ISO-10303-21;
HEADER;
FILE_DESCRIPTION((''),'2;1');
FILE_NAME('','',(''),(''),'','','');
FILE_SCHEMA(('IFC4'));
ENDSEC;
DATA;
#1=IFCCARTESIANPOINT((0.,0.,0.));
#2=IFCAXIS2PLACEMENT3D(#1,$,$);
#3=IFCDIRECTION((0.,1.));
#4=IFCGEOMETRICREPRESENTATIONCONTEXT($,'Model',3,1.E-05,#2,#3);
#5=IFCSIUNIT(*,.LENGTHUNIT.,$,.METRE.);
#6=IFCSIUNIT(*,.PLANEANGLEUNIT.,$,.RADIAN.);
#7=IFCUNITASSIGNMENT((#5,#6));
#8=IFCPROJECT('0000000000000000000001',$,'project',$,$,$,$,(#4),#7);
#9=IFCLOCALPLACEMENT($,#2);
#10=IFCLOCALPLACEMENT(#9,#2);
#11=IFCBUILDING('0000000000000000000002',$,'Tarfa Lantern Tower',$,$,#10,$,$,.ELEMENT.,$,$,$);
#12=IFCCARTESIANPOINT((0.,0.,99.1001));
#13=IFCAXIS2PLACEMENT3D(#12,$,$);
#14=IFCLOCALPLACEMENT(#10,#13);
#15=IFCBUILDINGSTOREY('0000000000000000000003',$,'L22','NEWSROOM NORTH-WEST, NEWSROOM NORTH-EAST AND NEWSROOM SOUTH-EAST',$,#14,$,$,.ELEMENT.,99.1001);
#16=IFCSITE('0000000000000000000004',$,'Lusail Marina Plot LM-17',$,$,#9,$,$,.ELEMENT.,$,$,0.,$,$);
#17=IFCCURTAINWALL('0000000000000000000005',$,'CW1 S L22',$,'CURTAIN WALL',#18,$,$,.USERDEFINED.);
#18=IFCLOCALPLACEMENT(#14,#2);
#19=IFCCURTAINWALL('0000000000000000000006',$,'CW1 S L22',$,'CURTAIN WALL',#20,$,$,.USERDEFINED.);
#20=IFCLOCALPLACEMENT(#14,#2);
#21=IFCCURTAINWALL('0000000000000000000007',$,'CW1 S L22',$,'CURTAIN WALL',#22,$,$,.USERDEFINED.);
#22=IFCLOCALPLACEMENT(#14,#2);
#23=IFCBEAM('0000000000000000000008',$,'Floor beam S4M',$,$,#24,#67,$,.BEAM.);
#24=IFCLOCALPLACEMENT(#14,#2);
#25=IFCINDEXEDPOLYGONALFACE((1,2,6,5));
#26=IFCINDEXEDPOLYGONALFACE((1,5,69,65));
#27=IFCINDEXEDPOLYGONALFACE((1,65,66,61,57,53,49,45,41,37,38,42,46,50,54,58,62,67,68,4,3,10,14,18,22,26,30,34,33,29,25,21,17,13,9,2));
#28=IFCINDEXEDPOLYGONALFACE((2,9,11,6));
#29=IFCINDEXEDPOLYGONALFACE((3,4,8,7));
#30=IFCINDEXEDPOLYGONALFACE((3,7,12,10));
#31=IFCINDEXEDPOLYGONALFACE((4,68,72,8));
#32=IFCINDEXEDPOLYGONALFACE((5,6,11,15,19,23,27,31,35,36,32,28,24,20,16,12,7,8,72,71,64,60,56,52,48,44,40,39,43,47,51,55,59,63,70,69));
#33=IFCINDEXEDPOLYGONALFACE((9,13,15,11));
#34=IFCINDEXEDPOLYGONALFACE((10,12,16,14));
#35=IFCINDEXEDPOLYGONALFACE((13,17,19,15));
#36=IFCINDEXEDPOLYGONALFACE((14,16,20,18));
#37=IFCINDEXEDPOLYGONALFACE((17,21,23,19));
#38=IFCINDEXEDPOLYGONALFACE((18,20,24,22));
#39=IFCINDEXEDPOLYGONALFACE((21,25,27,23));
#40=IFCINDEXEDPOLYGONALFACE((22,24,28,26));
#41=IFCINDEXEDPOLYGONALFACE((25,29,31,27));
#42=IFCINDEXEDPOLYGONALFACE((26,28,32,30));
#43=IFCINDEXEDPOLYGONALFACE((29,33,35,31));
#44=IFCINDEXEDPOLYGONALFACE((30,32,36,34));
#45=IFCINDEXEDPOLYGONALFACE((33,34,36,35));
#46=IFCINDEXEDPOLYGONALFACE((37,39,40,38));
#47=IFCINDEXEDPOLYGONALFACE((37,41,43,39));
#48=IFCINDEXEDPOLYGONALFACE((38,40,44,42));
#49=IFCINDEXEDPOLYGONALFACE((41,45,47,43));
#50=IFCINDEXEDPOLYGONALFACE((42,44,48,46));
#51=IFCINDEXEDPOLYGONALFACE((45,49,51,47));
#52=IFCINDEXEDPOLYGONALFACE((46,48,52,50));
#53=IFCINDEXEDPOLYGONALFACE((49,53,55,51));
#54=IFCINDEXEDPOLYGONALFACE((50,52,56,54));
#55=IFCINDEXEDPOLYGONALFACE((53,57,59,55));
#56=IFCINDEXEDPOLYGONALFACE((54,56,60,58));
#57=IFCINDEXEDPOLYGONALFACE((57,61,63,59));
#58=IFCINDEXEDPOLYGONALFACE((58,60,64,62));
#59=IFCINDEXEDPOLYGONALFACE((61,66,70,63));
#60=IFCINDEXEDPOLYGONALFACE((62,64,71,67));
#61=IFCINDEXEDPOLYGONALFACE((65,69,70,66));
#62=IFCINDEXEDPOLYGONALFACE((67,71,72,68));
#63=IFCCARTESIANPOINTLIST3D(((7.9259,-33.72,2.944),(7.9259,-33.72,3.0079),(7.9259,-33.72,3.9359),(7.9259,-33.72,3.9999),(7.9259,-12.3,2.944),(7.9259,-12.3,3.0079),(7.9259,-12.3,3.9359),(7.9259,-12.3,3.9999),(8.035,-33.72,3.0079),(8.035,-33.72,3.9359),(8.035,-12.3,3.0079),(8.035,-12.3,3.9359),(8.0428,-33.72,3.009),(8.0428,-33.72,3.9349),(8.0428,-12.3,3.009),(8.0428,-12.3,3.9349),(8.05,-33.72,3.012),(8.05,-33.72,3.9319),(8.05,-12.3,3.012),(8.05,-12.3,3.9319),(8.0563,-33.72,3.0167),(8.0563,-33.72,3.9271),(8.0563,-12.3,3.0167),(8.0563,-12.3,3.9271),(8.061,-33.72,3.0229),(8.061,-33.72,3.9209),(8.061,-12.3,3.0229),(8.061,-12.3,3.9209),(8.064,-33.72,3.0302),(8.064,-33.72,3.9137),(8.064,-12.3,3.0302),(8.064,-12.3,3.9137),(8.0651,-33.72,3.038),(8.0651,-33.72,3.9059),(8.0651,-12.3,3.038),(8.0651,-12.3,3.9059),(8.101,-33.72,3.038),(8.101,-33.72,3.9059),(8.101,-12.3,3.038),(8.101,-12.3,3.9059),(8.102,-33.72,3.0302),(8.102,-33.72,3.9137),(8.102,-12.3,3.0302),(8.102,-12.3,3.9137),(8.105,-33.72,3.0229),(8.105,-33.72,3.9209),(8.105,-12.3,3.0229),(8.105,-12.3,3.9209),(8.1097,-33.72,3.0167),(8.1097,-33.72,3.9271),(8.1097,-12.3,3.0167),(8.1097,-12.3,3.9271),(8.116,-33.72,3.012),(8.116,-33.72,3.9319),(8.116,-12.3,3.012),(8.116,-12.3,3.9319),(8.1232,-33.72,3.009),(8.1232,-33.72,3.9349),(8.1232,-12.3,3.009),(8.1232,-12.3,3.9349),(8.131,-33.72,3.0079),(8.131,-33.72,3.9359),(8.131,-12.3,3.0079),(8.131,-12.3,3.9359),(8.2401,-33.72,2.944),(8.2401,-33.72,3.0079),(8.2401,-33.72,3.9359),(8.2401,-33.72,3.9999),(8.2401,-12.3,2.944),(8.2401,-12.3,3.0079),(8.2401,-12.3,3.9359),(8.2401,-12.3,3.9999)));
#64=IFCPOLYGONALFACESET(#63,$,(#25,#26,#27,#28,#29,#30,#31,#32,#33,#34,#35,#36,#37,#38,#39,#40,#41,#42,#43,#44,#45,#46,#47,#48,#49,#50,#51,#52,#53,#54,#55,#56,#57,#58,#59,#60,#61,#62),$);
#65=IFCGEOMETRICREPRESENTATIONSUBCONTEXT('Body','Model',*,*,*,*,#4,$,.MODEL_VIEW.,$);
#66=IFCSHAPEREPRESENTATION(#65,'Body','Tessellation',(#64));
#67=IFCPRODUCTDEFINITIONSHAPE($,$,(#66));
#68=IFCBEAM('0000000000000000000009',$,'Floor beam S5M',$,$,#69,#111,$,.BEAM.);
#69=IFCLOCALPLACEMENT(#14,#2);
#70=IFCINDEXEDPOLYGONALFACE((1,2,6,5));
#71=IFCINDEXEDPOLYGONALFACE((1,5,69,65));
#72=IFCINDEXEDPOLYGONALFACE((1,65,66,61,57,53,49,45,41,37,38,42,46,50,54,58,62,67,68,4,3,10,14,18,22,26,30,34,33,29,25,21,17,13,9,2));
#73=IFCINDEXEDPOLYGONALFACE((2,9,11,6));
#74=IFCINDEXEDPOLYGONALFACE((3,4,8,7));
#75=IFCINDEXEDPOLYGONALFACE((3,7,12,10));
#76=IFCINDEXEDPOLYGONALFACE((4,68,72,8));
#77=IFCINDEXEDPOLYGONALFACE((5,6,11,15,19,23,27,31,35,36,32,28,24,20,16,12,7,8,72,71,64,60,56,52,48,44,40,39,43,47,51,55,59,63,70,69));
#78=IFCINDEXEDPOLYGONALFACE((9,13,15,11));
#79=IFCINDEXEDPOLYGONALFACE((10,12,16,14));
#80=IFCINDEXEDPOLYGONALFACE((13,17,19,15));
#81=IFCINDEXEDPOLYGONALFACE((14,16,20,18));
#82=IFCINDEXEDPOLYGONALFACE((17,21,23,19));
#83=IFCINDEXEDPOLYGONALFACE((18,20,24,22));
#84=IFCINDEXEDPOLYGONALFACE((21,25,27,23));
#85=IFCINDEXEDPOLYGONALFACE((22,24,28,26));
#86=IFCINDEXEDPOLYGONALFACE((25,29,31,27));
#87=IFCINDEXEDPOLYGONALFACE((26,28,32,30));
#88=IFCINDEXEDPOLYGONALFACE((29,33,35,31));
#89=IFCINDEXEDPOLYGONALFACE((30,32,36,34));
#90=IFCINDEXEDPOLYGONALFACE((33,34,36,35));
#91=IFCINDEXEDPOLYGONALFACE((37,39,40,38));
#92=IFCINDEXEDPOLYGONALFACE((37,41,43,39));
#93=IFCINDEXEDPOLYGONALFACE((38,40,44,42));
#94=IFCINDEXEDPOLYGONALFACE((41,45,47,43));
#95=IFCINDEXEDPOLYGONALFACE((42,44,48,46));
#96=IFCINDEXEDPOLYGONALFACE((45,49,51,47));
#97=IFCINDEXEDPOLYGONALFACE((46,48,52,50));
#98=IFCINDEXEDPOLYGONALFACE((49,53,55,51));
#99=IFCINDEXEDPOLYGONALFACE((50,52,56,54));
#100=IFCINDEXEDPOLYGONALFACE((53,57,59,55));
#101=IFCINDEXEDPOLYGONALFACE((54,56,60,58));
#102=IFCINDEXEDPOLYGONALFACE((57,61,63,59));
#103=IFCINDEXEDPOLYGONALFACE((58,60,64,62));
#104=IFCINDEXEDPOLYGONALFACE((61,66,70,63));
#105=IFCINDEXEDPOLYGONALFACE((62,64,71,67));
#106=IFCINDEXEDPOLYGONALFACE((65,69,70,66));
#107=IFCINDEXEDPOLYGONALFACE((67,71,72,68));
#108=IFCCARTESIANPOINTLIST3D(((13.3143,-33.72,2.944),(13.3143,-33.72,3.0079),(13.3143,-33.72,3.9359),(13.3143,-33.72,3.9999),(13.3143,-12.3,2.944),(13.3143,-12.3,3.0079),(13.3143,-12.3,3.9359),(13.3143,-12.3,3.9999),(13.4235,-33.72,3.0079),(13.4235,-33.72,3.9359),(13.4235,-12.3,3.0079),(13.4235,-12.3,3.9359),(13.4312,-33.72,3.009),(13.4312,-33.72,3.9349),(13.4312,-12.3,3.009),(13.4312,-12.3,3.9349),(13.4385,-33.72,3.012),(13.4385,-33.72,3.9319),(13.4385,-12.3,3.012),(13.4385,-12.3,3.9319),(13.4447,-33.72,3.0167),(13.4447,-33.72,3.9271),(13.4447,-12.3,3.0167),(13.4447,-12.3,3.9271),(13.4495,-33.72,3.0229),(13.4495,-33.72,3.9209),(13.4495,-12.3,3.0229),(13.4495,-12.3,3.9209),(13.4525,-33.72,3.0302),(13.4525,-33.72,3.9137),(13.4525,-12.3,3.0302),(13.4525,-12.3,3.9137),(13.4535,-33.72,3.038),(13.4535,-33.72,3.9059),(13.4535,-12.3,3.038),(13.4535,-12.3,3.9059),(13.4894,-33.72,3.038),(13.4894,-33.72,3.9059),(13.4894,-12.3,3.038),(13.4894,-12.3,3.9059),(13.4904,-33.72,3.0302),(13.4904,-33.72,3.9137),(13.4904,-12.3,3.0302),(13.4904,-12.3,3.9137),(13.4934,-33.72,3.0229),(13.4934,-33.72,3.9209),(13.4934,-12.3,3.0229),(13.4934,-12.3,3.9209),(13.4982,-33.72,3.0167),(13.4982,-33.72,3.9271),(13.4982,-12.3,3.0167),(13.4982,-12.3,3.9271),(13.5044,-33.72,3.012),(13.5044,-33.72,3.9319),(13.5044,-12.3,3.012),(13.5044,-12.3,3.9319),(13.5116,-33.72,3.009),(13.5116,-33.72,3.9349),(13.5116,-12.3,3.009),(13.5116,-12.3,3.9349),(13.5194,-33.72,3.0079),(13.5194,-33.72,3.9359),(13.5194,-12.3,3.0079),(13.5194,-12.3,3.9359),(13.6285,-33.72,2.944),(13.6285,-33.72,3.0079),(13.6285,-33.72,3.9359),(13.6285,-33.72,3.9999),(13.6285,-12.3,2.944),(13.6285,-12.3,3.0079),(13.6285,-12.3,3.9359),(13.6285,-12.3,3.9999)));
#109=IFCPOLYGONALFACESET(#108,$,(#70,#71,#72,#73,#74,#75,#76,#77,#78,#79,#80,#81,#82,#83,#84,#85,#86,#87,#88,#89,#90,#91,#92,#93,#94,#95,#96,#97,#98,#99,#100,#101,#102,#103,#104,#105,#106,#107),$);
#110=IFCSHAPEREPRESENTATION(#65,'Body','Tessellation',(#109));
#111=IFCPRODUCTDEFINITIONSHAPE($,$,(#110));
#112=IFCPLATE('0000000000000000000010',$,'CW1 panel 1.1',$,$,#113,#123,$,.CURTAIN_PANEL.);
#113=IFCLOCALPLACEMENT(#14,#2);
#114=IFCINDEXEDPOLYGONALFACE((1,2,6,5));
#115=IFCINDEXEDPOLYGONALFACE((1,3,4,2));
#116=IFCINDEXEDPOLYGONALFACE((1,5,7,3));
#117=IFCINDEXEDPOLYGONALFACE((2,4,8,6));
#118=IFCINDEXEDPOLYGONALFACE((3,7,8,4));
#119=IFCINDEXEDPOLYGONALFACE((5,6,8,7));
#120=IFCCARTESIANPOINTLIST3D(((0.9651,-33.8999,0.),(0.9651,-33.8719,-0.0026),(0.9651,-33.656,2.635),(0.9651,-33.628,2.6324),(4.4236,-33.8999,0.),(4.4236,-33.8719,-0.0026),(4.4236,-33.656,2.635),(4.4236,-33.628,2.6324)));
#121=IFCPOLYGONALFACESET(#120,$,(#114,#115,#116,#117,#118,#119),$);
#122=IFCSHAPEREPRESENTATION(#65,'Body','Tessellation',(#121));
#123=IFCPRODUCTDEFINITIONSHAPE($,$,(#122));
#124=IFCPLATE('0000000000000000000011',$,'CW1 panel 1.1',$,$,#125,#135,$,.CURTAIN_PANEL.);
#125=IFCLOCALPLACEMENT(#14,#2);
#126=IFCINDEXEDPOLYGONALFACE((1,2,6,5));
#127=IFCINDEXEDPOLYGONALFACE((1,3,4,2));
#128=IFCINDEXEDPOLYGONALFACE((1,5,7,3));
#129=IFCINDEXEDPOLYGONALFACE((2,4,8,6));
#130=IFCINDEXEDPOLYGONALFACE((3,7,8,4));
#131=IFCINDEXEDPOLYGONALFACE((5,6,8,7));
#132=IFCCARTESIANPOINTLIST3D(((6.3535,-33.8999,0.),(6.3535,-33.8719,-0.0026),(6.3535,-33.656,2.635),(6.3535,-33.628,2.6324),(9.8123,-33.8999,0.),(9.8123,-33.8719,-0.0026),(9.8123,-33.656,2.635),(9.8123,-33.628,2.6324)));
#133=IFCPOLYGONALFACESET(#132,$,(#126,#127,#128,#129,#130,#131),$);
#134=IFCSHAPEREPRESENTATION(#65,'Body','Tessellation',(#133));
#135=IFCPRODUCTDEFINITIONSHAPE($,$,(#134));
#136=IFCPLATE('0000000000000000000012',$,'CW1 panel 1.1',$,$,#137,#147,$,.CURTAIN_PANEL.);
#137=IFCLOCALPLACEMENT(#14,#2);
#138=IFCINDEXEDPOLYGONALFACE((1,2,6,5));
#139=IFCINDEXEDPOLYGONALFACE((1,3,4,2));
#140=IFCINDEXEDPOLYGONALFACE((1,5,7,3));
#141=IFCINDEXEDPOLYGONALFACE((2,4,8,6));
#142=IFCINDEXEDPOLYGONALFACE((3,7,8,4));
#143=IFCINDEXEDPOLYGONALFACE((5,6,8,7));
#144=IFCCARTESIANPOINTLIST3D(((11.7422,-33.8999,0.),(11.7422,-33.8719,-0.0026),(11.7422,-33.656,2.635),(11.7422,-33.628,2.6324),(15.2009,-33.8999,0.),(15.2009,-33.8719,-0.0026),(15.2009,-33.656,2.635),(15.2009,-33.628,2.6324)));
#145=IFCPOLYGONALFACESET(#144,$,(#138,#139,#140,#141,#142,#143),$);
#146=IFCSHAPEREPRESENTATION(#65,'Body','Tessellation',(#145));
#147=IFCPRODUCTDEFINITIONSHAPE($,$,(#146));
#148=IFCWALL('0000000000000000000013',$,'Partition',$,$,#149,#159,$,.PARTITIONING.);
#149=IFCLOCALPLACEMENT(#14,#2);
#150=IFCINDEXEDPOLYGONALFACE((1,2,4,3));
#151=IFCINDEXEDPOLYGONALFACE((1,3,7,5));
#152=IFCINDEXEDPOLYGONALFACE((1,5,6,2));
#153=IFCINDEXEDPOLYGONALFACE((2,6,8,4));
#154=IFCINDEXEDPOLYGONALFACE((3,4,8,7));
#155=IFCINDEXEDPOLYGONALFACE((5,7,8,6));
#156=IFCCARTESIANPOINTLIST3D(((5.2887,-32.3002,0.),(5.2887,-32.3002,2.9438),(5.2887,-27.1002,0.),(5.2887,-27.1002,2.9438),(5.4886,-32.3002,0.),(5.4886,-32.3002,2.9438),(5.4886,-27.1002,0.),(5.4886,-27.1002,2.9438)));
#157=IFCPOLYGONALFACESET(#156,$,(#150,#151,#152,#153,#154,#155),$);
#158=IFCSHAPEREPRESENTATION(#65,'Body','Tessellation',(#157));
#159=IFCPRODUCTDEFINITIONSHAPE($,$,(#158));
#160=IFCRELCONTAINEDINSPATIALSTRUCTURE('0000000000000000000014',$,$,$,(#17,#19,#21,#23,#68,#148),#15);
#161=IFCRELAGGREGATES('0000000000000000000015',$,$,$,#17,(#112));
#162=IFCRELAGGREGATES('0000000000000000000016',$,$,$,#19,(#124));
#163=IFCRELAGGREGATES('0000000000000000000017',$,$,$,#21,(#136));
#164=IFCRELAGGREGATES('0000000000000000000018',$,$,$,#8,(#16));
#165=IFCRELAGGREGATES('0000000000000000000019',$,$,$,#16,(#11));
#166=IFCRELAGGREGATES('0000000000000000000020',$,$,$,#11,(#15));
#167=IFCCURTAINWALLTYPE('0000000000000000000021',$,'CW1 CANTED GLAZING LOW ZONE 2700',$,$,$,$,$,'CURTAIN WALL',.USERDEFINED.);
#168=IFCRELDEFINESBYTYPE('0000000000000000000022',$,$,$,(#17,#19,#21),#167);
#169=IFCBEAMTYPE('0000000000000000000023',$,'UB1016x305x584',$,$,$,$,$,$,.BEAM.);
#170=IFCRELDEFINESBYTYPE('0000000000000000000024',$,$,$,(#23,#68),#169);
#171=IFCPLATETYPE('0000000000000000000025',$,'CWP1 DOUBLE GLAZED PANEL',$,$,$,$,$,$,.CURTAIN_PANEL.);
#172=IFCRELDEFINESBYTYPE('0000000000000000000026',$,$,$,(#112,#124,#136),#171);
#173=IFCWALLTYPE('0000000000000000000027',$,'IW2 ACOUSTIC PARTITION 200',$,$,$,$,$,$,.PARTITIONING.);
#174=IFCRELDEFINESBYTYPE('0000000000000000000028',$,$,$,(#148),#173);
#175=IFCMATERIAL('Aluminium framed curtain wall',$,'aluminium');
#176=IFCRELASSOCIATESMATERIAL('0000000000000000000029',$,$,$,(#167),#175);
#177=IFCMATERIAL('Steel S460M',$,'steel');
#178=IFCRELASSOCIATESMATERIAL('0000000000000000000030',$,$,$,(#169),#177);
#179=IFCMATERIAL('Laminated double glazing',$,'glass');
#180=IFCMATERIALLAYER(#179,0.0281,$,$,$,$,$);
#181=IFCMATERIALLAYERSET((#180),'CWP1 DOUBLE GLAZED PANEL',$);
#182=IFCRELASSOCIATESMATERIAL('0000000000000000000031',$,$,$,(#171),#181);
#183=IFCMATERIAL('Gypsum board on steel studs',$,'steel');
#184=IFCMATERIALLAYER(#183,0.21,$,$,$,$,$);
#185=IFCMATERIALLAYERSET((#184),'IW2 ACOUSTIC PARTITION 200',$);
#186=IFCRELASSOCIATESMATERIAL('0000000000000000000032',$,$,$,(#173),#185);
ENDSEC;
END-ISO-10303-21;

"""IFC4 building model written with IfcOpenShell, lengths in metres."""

from ifc_helpers import new_model, si_unit, direction, frame, frame_2d, origin, origin_2d, place, context, subcontext, project, spatial, polyline, rectangle, i_section, outline, extrude, material, layer, layer_set, material_profile, profile_set, type_object, element, aggregate, save


model = new_model("IFC4")

# Units and contexts
model_context = context("Model", 3, precision=1e-05, world=origin(), true_north=direction((0.0, 1.0)))
body_context = subcontext(model_context, "Body", "Model", "MODEL_VIEW")
ifc_project = project(units=[si_unit("LENGTHUNIT", "METRE"), si_unit("PLANEANGLEUNIT", "RADIAN")], contexts=[model_context])

# Site, building, storey
site_placement = place(None, origin())
site = spatial("IfcSite", under=ifc_project, at=site_placement, Name="Lusail Marina Plot LM-17", CompositionType="ELEMENT", RefElevation=0.0)
building_placement = place(site_placement, origin())
building = spatial("IfcBuilding", under=site, at=building_placement, Name="Tarfa Lantern Tower", CompositionType="ELEMENT")
storey_placement = place(building_placement, frame((0.0, 0.0, 99.1001)))
storey = spatial("IfcBuildingStorey", under=building, at=storey_placement, Name="L22", Description="NEWSROOM NORTH-WEST, NEWSROOM NORTH-EAST AND NEWSROOM SOUTH-EAST", CompositionType="ELEMENT", Elevation=99.1001)

# Curtain walls
ifc_material_1 = material(Name="Aluminium framed curtain wall", Category="aluminium")
curtain_wall_type = type_object("IfcCurtainWallType", Name="CW1 CANTED GLAZING LOW ZONE 2700", ElementType="CURTAIN WALL", PredefinedType="USERDEFINED", material=ifc_material_1)
curtain_wall_1_placement = place(storey_placement, origin())
curtain_wall_1 = element("IfcCurtainWall", 1, at=curtain_wall_1_placement, inside=storey, type_object=curtain_wall_type, Name="CW1 S L22", ObjectType="CURTAIN WALL", PredefinedType="USERDEFINED")
curtain_wall_2_placement = place(storey_placement, origin())
curtain_wall_2 = element("IfcCurtainWall", 2, at=curtain_wall_2_placement, inside=storey, type_object=curtain_wall_type, Name="CW1 S L22", ObjectType="CURTAIN WALL", PredefinedType="USERDEFINED")

# Curtain wall
curtain_wall_3_placement = place(storey_placement, origin())
curtain_wall_3 = element("IfcCurtainWall", 3, at=curtain_wall_3_placement, inside=storey, type_object=curtain_wall_type, Name="CW1 S L22", ObjectType="CURTAIN WALL", PredefinedType="USERDEFINED")

# Beams
ifc_material_2 = material(Name="Steel S460M", Category="steel")
ifc_material_profile_1 = material_profile(ifc_material_2, i_section(OverallWidth=0.3142, OverallDepth=1.0559, WebThickness=0.0359, FlangeThickness=0.064, FilletRadius=0.03, at=origin_2d()), Name="UB1016x305x584")
ifc_profile_set_1 = profile_set([ifc_material_profile_1], Name="Steel S460M")
beam_type_1 = type_object("IfcBeamType", Name="UB1016x305x584", PredefinedType="BEAM", material=ifc_profile_set_1)
for number, where, z_axis, x_axis, name in (
    (4, (8.083, -33.72, 3.4719), (0.0, 1.0, 0.0), (-1.0, 0.0, 0.0), "Floor beam S4M"),
    (5, (13.4714, -33.72, 3.4719), (0.0, 1.0, 0.0), (-1.0, 0.0, 0.0), "Floor beam S5M"),
):
    element("IfcBeam", number, at=place(storey_placement, frame(where, z_axis=z_axis, x_axis=x_axis)), inside=storey, type_object=beam_type_1, Name=name, PredefinedType="BEAM", context=body_context, shape_type="SweptSolid", body=[
        extrude(i_section(OverallWidth=0.3142, OverallDepth=1.0559, WebThickness=0.0359, FlangeThickness=0.064, FilletRadius=0.03, at=origin_2d()), origin(), (0.0, 0.0, 1.0), 21.4199),
    ])

# Plates
ifc_material_3 = material(Name="Laminated double glazing", Category="glass")
ifc_layer_1 = layer(ifc_material_3, 0.0281)
ifc_layer_set_1 = layer_set([ifc_layer_1], Name="CWP1 DOUBLE GLAZED PANEL")
plate_type = type_object("IfcPlateType", Name="CWP1 DOUBLE GLAZED PANEL", PredefinedType="CURTAIN_PANEL", material=ifc_layer_set_1)
plate_1_placement = place(storey_placement, frame((0.9651, -33.8999, 0.0), z_axis=(0.0, -0.995744, 0.092166), x_axis=(1.0, 0.0, 0.0)))
plate_1 = element("IfcPlate", 6, at=plate_1_placement, type_object=plate_type, Name="CW1 panel 1.1", PredefinedType="CURTAIN_PANEL", context=body_context, shape_type="SweptSolid", body=[
    extrude(outline(polyline([(0.0, 0.0), (3.4585, 0.0), (3.4585, 2.6463), (0.0, 2.6463), (0.0, 0.0)])), origin(), (0.0, 0.0, -1.0), 0.0281),
])
aggregate(curtain_wall_1, [plate_1])
plate_2_placement = place(storey_placement, frame((6.3535, -33.8999, 0.0), z_axis=(0.0, -0.995744, 0.092166), x_axis=(1.0, 0.0, 0.0)))
plate_2 = element("IfcPlate", 7, at=plate_2_placement, type_object=plate_type, Name="CW1 panel 1.1", PredefinedType="CURTAIN_PANEL", context=body_context, shape_type="SweptSolid", body=[
    extrude(outline(polyline([(0.0, 0.0), (3.4587, 0.0), (3.4587, 2.6463), (0.0, 2.6463), (0.0, 0.0)])), origin(), (0.0, 0.0, -1.0), 0.0281),
])
aggregate(curtain_wall_2, [plate_2])
plate_3_placement = place(storey_placement, frame((11.7422, -33.8999, 0.0), z_axis=(0.0, -0.995744, 0.092166), x_axis=(1.0, 0.0, 0.0)))
plate_3 = element("IfcPlate", 8, at=plate_3_placement, type_object=plate_type, Name="CW1 panel 1.1", PredefinedType="CURTAIN_PANEL", context=body_context, shape_type="SweptSolid", body=[
    extrude(outline(polyline([(0.0, 0.0), (3.4587, 0.0), (3.4587, 2.6463), (0.0, 2.6463), (0.0, 0.0)])), origin(), (0.0, 0.0, -1.0), 0.0281),
])
aggregate(curtain_wall_3, [plate_3])

# Wall
ifc_material_4 = material(Name="Gypsum board on steel studs", Category="steel")
ifc_layer_2 = layer(ifc_material_4, 0.21)
ifc_layer_set_2 = layer_set([ifc_layer_2], Name="IW2 ACOUSTIC PARTITION 200")
wall_type_1 = type_object("IfcWallType", Name="IW2 ACOUSTIC PARTITION 200", PredefinedType="PARTITIONING", material=ifc_layer_set_2)
wall_1_placement = place(storey_placement, frame((5.3887, -27.1001, 0.0), z_axis=(0.0, 0.0, 1.0), x_axis=(0.0, -1.0, 0.0)))
element("IfcWall", 9, at=wall_1_placement, inside=storey, type_object=wall_type_1, Name="Partition", PredefinedType="PARTITIONING", context=body_context, shape_type="SweptSolid", body=[
    extrude(rectangle(XDim=5.2, YDim=0.2, at=frame_2d((2.6001, 0.0))), origin(), (0.0, 0.0, 1.0), 2.9438),
])

save(model, "model.ifc")
